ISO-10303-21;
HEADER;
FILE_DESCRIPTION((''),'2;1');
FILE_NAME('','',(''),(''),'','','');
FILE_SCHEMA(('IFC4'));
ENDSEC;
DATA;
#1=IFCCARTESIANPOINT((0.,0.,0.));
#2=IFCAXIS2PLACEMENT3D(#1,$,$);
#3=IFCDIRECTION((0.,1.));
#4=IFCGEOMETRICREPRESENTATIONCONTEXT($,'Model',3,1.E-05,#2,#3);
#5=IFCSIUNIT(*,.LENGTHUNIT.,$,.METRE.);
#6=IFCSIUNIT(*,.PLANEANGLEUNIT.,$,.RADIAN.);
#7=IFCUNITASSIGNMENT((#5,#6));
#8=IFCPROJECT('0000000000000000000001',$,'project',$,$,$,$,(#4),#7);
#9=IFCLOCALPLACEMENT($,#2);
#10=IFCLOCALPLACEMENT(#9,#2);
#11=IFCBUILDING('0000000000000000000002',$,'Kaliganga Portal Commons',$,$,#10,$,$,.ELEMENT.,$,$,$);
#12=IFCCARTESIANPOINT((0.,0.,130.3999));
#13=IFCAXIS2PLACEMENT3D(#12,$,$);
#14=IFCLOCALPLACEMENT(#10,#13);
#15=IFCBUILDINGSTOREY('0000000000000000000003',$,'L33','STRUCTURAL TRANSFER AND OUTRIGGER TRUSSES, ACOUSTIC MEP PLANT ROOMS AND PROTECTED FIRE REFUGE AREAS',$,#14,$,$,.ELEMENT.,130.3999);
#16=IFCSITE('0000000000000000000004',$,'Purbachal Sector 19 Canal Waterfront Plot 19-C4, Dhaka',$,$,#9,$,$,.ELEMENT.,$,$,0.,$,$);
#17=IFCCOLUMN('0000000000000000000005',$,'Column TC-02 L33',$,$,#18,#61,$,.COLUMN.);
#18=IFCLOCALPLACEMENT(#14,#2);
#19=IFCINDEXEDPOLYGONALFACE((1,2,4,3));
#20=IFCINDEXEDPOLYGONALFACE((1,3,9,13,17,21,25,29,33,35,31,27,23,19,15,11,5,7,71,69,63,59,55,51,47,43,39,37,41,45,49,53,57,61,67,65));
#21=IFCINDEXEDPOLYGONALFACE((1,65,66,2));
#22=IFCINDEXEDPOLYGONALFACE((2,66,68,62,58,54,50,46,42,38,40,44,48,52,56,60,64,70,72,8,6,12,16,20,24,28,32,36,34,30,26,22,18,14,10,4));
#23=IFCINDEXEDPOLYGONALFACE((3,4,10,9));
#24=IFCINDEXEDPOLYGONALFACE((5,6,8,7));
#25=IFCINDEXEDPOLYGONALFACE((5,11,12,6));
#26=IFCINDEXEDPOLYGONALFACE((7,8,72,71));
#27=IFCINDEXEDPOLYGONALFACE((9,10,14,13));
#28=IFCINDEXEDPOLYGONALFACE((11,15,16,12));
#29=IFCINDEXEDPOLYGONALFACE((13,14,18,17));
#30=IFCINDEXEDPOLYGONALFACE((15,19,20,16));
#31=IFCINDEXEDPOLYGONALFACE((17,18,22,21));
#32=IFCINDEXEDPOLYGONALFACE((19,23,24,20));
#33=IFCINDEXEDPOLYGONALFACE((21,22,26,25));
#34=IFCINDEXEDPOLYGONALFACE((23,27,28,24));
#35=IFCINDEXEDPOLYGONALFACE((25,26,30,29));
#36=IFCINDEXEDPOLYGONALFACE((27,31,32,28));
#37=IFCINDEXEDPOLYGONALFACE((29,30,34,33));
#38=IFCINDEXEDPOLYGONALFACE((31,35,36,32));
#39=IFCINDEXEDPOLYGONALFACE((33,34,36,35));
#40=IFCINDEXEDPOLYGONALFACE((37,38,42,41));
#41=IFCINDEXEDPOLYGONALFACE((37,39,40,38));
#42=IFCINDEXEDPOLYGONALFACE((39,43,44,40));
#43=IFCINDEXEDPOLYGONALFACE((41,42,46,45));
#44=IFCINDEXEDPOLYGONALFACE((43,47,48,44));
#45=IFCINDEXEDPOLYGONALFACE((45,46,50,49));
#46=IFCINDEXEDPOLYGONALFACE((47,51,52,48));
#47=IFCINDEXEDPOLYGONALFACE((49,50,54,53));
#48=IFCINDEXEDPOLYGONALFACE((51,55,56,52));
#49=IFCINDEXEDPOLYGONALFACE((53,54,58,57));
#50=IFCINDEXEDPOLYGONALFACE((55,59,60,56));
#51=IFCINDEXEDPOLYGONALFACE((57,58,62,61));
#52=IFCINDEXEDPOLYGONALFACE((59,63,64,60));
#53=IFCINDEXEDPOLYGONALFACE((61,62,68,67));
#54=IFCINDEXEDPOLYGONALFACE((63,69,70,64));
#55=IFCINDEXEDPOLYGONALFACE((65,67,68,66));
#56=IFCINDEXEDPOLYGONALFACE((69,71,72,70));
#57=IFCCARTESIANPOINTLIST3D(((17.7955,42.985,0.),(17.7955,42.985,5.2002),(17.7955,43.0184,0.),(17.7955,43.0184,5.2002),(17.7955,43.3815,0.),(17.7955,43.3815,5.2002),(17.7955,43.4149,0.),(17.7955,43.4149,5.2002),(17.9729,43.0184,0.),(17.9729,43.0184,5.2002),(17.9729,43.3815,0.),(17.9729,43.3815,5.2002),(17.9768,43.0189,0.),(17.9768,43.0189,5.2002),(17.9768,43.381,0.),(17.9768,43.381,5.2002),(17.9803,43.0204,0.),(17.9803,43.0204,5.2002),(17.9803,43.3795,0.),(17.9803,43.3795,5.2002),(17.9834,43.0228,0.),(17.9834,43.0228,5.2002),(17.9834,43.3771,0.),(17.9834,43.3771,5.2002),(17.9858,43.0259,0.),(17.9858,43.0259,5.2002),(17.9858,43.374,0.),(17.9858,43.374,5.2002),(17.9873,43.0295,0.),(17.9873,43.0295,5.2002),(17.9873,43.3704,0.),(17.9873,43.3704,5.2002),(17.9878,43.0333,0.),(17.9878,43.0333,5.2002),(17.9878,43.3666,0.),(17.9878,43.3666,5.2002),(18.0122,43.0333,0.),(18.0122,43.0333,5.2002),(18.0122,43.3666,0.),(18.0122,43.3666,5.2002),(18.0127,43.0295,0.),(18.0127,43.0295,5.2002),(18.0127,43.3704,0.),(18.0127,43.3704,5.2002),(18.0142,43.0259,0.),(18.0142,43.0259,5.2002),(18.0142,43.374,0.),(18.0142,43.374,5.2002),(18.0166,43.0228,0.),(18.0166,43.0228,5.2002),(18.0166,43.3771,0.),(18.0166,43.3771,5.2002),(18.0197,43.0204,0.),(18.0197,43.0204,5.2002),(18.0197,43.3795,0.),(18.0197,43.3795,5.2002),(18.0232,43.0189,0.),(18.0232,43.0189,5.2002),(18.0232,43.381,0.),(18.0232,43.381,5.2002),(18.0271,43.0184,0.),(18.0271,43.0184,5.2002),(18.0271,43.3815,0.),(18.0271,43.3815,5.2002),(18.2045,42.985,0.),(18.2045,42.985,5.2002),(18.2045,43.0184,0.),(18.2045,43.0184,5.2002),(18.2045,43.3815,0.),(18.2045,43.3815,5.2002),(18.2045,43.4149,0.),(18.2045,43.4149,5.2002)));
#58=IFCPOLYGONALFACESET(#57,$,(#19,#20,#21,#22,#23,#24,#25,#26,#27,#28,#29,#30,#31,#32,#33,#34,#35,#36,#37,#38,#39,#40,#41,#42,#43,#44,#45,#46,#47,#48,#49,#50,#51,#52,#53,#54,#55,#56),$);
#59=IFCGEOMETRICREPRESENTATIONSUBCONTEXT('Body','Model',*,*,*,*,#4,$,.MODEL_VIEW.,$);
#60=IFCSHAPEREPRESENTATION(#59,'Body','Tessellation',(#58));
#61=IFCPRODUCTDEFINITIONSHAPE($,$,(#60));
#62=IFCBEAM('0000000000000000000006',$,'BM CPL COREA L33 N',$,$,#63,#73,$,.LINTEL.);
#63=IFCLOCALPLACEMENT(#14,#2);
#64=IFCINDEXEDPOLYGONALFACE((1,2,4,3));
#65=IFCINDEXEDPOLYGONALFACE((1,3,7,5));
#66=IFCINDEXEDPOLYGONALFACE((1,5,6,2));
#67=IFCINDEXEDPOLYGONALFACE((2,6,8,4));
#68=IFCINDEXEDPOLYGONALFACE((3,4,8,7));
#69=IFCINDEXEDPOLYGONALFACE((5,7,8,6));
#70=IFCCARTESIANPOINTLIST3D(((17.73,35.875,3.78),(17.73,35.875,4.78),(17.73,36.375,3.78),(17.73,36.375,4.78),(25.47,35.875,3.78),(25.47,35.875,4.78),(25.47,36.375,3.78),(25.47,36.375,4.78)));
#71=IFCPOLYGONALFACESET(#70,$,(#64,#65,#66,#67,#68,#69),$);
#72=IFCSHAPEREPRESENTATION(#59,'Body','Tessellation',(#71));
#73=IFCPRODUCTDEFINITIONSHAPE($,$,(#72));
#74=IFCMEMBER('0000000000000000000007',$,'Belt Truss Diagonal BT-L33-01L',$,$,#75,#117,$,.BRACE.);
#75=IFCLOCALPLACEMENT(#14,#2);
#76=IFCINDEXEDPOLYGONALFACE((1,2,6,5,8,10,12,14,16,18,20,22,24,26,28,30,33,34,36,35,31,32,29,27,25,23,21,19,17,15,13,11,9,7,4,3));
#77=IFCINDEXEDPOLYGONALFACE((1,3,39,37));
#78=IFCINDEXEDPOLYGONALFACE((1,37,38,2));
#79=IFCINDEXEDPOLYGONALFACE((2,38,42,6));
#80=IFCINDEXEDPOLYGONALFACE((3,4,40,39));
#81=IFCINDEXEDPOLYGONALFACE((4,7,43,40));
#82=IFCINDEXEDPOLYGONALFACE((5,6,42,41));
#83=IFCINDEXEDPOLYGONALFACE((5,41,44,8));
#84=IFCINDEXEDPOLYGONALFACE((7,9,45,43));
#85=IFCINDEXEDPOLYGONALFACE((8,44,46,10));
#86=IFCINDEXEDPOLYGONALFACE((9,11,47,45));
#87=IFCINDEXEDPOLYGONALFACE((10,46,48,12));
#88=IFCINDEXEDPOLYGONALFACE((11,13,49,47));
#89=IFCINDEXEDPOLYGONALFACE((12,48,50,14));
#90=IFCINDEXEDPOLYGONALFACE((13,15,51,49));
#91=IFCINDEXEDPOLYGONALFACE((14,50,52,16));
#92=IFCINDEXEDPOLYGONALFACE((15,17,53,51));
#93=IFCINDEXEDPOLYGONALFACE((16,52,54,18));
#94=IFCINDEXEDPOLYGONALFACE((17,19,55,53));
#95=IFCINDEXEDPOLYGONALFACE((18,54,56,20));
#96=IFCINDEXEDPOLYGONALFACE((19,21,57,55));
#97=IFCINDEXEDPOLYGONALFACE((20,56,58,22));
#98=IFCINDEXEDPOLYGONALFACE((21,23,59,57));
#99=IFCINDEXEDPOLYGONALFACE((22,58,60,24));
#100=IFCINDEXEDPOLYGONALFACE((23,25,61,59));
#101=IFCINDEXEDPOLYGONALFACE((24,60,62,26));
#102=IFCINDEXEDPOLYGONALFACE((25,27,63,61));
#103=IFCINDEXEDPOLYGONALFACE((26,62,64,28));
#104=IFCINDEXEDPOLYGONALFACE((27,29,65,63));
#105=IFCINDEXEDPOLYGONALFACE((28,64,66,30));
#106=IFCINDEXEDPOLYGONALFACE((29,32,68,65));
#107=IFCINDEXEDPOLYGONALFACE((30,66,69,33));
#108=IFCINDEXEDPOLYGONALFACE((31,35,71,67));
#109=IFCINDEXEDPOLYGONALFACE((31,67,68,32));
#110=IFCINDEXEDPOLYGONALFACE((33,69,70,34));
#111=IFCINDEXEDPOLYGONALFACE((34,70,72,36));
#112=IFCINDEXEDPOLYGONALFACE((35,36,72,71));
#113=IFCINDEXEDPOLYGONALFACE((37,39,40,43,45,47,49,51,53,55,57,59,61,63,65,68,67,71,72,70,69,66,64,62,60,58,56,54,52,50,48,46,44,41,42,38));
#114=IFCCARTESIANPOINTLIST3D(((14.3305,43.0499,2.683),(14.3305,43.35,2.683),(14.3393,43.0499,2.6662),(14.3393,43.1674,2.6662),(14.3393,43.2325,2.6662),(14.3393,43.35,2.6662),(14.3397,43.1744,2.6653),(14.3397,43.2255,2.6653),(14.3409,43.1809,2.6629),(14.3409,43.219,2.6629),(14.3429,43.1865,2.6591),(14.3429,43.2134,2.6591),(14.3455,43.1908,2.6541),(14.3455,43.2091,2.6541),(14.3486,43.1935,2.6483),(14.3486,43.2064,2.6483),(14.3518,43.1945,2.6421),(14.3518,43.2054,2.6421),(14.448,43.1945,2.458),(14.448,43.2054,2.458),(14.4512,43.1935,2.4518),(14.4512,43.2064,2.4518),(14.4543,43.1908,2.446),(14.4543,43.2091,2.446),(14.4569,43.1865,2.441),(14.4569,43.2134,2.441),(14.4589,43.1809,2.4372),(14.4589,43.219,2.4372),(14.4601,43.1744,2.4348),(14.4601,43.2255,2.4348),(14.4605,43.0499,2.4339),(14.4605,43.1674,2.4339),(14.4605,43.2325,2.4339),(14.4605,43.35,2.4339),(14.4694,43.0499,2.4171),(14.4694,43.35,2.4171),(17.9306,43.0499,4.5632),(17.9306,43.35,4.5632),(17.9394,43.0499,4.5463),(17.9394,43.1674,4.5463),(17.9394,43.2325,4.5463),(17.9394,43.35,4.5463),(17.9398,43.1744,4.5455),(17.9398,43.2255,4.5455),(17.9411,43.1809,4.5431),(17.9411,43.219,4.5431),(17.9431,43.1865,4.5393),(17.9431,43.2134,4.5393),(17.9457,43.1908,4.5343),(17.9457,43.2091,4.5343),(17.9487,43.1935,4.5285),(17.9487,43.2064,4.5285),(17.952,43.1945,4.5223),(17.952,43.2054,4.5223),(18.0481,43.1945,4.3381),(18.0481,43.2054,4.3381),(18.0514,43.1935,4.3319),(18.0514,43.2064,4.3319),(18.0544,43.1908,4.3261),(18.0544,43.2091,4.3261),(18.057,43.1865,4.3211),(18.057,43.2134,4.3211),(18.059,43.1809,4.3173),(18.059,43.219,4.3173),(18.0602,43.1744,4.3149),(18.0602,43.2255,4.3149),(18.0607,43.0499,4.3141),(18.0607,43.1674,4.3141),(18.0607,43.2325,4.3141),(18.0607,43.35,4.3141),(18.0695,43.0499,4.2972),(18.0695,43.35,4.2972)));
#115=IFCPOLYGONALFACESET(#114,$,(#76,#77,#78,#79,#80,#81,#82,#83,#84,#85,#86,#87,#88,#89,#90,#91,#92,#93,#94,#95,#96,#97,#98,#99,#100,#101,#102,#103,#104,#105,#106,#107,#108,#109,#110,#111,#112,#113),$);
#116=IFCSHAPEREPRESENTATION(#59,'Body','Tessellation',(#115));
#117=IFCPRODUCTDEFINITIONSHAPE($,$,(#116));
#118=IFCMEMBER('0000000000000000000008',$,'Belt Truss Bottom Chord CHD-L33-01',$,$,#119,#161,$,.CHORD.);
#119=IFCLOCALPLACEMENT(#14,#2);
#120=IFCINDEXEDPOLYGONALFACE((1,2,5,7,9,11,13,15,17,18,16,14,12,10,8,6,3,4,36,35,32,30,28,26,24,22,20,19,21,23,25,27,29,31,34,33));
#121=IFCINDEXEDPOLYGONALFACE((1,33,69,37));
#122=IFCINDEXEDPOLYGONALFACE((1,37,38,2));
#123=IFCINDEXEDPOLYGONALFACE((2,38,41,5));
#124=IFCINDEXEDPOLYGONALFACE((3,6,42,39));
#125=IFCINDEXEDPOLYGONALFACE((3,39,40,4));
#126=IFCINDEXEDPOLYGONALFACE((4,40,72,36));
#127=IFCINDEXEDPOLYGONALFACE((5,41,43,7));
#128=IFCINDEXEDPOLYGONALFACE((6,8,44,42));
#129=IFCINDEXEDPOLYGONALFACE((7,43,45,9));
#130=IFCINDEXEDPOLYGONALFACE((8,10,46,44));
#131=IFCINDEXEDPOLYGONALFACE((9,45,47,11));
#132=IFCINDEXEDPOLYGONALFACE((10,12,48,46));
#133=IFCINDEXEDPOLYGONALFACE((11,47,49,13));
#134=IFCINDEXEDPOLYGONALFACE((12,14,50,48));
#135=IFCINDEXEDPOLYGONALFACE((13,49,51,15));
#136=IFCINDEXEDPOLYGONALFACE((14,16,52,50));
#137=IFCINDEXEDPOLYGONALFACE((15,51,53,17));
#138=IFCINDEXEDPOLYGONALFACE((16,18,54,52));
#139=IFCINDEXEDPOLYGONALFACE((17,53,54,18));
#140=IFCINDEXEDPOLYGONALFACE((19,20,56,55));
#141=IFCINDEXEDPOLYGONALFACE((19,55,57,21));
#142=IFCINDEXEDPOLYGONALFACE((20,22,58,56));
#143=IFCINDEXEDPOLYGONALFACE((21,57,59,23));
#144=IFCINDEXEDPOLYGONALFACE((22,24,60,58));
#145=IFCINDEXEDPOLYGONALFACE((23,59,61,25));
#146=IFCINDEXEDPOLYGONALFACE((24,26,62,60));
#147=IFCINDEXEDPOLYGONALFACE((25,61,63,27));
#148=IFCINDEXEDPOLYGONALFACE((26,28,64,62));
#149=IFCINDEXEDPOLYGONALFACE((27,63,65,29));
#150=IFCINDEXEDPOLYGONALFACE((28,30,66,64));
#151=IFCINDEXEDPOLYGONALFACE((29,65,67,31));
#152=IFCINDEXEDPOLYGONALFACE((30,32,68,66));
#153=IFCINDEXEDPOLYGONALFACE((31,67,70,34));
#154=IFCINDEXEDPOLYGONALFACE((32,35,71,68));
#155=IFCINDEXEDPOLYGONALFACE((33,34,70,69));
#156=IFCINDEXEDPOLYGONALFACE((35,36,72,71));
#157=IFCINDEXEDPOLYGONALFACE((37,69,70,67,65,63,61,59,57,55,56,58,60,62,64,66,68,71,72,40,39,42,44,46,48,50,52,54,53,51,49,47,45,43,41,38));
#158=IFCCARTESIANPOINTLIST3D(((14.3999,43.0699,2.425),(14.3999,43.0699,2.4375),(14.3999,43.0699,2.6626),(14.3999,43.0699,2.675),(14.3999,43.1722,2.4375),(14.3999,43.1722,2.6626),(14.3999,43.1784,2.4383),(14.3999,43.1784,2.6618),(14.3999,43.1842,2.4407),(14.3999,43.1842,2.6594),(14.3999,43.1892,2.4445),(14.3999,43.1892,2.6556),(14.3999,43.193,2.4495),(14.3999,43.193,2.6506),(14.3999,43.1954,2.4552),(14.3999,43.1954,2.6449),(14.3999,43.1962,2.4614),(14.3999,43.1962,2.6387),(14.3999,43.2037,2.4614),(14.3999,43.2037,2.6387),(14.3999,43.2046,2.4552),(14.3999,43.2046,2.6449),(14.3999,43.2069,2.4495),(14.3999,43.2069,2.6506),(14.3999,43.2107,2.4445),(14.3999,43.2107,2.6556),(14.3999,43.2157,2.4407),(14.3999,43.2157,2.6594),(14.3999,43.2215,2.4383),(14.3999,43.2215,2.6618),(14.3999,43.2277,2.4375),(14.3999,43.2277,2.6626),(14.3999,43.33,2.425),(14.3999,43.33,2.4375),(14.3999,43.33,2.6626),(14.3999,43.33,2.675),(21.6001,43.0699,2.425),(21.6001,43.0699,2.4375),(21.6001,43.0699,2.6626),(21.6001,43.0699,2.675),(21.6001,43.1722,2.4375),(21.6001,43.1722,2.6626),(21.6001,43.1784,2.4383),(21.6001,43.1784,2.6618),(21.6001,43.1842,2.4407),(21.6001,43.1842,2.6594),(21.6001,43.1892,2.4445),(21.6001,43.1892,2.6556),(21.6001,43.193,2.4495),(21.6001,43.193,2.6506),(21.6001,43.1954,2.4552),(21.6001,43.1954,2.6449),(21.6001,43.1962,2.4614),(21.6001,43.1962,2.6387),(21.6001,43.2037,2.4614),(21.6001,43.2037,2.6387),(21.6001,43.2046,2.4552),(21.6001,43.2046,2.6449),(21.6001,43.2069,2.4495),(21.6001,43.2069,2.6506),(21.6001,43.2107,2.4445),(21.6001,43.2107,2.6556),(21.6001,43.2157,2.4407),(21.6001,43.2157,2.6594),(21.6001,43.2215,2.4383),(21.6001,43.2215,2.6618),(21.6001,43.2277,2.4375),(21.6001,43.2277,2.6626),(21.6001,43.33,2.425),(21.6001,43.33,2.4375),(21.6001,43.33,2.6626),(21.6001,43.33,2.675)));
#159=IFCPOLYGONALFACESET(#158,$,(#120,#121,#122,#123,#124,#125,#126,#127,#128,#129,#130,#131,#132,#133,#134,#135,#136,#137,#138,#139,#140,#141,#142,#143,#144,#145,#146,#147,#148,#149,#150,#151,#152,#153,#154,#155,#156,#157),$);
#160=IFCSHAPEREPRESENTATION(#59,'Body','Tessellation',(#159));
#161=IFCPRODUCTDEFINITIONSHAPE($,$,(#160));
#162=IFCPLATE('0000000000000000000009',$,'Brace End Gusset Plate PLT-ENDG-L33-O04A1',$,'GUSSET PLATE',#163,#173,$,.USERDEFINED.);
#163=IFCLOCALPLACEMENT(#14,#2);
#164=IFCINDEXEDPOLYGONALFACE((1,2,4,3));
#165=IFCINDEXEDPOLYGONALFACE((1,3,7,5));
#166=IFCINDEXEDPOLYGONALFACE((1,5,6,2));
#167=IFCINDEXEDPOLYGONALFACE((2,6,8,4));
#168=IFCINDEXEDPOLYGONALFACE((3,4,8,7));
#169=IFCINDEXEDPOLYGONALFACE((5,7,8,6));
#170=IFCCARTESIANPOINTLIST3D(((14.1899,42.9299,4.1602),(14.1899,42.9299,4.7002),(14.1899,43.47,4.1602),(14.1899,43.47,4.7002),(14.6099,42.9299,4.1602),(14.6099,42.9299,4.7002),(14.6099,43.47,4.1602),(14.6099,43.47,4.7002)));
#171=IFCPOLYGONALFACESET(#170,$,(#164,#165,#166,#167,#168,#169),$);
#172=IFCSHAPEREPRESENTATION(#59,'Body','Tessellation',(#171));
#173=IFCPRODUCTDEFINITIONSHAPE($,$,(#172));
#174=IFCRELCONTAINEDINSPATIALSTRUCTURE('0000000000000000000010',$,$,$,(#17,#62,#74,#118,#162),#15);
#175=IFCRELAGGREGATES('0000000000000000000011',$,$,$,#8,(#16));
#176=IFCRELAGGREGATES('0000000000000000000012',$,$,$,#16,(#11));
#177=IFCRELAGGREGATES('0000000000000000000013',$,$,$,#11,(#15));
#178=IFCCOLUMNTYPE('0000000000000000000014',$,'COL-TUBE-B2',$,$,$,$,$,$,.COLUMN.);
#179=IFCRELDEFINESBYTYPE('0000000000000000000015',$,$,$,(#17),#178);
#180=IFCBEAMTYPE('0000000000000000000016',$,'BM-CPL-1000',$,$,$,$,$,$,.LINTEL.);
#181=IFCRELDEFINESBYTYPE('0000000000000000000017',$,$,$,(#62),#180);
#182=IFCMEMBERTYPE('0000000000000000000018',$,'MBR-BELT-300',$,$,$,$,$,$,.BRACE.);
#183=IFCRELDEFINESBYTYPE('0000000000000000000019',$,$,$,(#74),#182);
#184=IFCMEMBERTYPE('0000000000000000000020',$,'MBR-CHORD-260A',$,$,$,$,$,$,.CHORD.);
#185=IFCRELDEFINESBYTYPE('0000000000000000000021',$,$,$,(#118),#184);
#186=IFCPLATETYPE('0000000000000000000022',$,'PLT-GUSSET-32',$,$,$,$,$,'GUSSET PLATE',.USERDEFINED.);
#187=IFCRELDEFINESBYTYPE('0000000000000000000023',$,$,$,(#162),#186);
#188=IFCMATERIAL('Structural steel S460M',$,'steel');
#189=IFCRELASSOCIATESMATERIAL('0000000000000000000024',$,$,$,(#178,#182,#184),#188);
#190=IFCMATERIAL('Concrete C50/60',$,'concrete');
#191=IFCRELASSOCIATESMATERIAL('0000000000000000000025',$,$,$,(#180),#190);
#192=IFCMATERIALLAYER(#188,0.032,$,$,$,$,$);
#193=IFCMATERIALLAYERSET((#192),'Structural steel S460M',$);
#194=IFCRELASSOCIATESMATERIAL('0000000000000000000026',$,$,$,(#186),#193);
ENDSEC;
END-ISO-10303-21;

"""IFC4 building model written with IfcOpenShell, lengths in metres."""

from ifc_helpers import new_model, si_unit, direction, frame, origin, origin_2d, place, context, subcontext, project, spatial, rectangle, i_section, extrude, source, transform, mapped, material, layer, layer_set, material_profile, profile_set, type_object, element, save


model = new_model("IFC4")

# Units and contexts
model_context = context("Model", 3, precision=1e-05, world=origin(), true_north=direction((0.0, 1.0)))
body_context = subcontext(model_context, "Body", "Model", "MODEL_VIEW")
ifc_project = project(units=[si_unit("LENGTHUNIT", "METRE"), si_unit("PLANEANGLEUNIT", "RADIAN")], contexts=[model_context])

# Site, building, storey
site_placement = place(None, origin())
site = spatial("IfcSite", under=ifc_project, at=site_placement, Name="Purbachal Sector 19 Canal Waterfront Plot 19-C4, Dhaka", CompositionType="ELEMENT", RefElevation=0.0)
building_placement = place(site_placement, origin())
building = spatial("IfcBuilding", under=site, at=building_placement, Name="Kaliganga Portal Commons", CompositionType="ELEMENT")
storey_placement = place(building_placement, frame((0.0, 0.0, 130.3999)))
storey = spatial("IfcBuildingStorey", under=building, at=storey_placement, Name="L33", Description="STRUCTURAL TRANSFER AND OUTRIGGER TRUSSES, ACOUSTIC MEP PLANT ROOMS AND PROTECTED FIRE REFUGE AREAS", CompositionType="ELEMENT", Elevation=130.3999)

# Column
ifc_material_1 = material(Name="Structural steel S460M", Category="steel")
ifc_material_profile_1 = material_profile(ifc_material_1, i_section(OverallWidth=0.4089, OverallDepth=0.4299, WebThickness=0.0244, FlangeThickness=0.0334, FilletRadius=0.0149, at=origin_2d()), Name="HD 400x421")
ifc_profile_set_1 = profile_set([ifc_material_profile_1], Name="Structural steel S460M wide-flange")
column_type = type_object("IfcColumnType", Name="COL-TUBE-B2", PredefinedType="COLUMN", material=ifc_profile_set_1)
shared_shape_1 = source(origin(), body_context, "Body", "SweptSolid", [
    extrude(i_section(OverallWidth=0.4089, OverallDepth=0.4299, WebThickness=0.0244, FlangeThickness=0.0334, FilletRadius=0.0149, at=origin_2d()), origin(), (0.0, 0.0, 1.0), 5.2002),
])
column_placement = place(storey_placement, frame((18.0, 43.2, 0.0), z_axis=(0.0, 0.0, 1.0), x_axis=(1.0, 0.0, 0.0)))
element("IfcColumn", 1, at=column_placement, inside=storey, type_object=column_type, Name="Column TC-02 L33", PredefinedType="COLUMN", context=body_context, shape_type="MappedRepresentation", body=[
    mapped(shared_shape_1, transform((0.0, 0.0, 0.0), x_axis=(1.0, 0.0, 0.0), y_axis=(0.0, 1.0, 0.0), z_axis=(0.0, 0.0, 1.0), scale=1.0)),
])

# Beam
ifc_material_2 = material(Name="Concrete C50/60", Category="concrete")
ifc_material_profile_2 = material_profile(ifc_material_2, rectangle(XDim=0.5, YDim=1.0, at=origin_2d()), Name="RC 500x1000")
ifc_profile_set_2 = profile_set([ifc_material_profile_2], Name="Concrete C50/60")
beam_type = type_object("IfcBeamType", Name="BM-CPL-1000", PredefinedType="LINTEL", material=ifc_profile_set_2)
shared_shape_2 = source(origin(), body_context, "Body", "SweptSolid", [
    extrude(rectangle(XDim=0.5, YDim=1.0, at=origin_2d()), origin(), (0.0, 0.0, 1.0), 7.74),
])
beam_placement = place(storey_placement, frame((17.73, 36.125, 4.28), z_axis=(1.0, 0.0, 0.0), x_axis=(0.0, 1.0, 0.0)))
element("IfcBeam", 2, at=beam_placement, inside=storey, type_object=beam_type, Name="BM CPL COREA L33 N", PredefinedType="LINTEL", context=body_context, shape_type="MappedRepresentation", body=[
    mapped(shared_shape_2, transform((0.0, 0.0, 0.0), x_axis=(1.0, 0.0, 0.0), y_axis=(0.0, 1.0, 0.0), z_axis=(0.0, 0.0, 1.0), scale=1.0)),
])

# Members
ifc_material_profile_3 = material_profile(ifc_material_1, i_section(OverallWidth=0.3, OverallDepth=0.3, WebThickness=0.011, FlangeThickness=0.019, FilletRadius=0.0271, at=origin_2d()), Name="HE 300 B")
ifc_profile_set_3 = profile_set([ifc_material_profile_3], Name="Structural steel S460M wide-flange")
member_type_1 = type_object("IfcMemberType", Name="MBR-BELT-300", PredefinedType="BRACE", material=ifc_profile_set_3)
shared_shape_3 = source(origin(), body_context, "Body", "SweptSolid", [
    extrude(i_section(OverallWidth=0.3, OverallDepth=0.3, WebThickness=0.011, FlangeThickness=0.019, FilletRadius=0.0271, at=origin_2d()), origin(), (0.0, 0.0, 1.0), 4.0615),
])
member_1_placement = place(storey_placement, frame((14.3999, 43.2, 2.55), z_axis=(0.886401, 0.0, 0.462917), x_axis=(0.0, 1.0, 0.0)))
element("IfcMember", 3, at=member_1_placement, inside=storey, type_object=member_type_1, Name="Belt Truss Diagonal BT-L33-01L", PredefinedType="BRACE", context=body_context, shape_type="MappedRepresentation", body=[
    mapped(shared_shape_3, transform((0.0, 0.0, 0.0), x_axis=(1.0, 0.0, 0.0), y_axis=(0.0, 1.0, 0.0), z_axis=(0.0, 0.0, 1.0), scale=1.0)),
])
ifc_material_profile_4 = material_profile(ifc_material_1, i_section(OverallWidth=0.26, OverallDepth=0.25, WebThickness=0.0076, FlangeThickness=0.0125, FilletRadius=0.0239, at=origin_2d()), Name="HE 260 A")
ifc_profile_set_4 = profile_set([ifc_material_profile_4], Name="Structural steel S460M wide-flange")
member_type_2 = type_object("IfcMemberType", Name="MBR-CHORD-260A", PredefinedType="CHORD", material=ifc_profile_set_4)
shared_shape_4 = source(origin(), body_context, "Body", "SweptSolid", [
    extrude(i_section(OverallWidth=0.26, OverallDepth=0.25, WebThickness=0.0076, FlangeThickness=0.0125, FilletRadius=0.0239, at=origin_2d()), origin(), (0.0, 0.0, 1.0), 7.2002),
])
member_2_placement = place(storey_placement, frame((14.3999, 43.2, 2.55), z_axis=(1.0, 0.0, 0.0), x_axis=(0.0, 1.0, 0.0)))
element("IfcMember", 4, at=member_2_placement, inside=storey, type_object=member_type_2, Name="Belt Truss Bottom Chord CHD-L33-01", PredefinedType="CHORD", context=body_context, shape_type="MappedRepresentation", body=[
    mapped(shared_shape_4, transform((0.0, 0.0, 0.0), x_axis=(1.0, 0.0, 0.0), y_axis=(0.0, 1.0, 0.0), z_axis=(0.0, 0.0, 1.0), scale=1.0)),
])

# Plate
ifc_layer_1 = layer(ifc_material_1, 0.032)
ifc_layer_set_1 = layer_set([ifc_layer_1], Name="Structural steel S460M")
plate_type = type_object("IfcPlateType", Name="PLT-GUSSET-32", ElementType="GUSSET PLATE", PredefinedType="USERDEFINED", material=ifc_layer_set_1)
shared_shape_5 = source(origin(), body_context, "Body", "SweptSolid", [
    extrude(rectangle(XDim=0.54, YDim=0.4199, at=origin_2d()), origin(), (0.0, 0.0, 1.0), 0.54),
])
for number, where, z_axis, x_axis, name in (
    (5, (14.3999, 43.2, 4.1602), (0.0, 0.0, 1.0), (0.0, 1.0, 0.0), "Brace End Gusset Plate PLT-ENDG-L33-O04A1"),
):
    element("IfcPlate", number, at=place(storey_placement, frame(where, z_axis=z_axis, x_axis=x_axis)), inside=storey, type_object=plate_type, Name=name, ObjectType="GUSSET PLATE", PredefinedType="USERDEFINED", context=body_context, shape_type="MappedRepresentation", body=[
        mapped(shared_shape_5, transform((0.0, 0.0, 0.0), x_axis=(1.0, 0.0, 0.0), y_axis=(0.0, 1.0, 0.0), z_axis=(0.0, 0.0, 1.0), scale=1.0)),
    ])

save(model, "model.ifc")
